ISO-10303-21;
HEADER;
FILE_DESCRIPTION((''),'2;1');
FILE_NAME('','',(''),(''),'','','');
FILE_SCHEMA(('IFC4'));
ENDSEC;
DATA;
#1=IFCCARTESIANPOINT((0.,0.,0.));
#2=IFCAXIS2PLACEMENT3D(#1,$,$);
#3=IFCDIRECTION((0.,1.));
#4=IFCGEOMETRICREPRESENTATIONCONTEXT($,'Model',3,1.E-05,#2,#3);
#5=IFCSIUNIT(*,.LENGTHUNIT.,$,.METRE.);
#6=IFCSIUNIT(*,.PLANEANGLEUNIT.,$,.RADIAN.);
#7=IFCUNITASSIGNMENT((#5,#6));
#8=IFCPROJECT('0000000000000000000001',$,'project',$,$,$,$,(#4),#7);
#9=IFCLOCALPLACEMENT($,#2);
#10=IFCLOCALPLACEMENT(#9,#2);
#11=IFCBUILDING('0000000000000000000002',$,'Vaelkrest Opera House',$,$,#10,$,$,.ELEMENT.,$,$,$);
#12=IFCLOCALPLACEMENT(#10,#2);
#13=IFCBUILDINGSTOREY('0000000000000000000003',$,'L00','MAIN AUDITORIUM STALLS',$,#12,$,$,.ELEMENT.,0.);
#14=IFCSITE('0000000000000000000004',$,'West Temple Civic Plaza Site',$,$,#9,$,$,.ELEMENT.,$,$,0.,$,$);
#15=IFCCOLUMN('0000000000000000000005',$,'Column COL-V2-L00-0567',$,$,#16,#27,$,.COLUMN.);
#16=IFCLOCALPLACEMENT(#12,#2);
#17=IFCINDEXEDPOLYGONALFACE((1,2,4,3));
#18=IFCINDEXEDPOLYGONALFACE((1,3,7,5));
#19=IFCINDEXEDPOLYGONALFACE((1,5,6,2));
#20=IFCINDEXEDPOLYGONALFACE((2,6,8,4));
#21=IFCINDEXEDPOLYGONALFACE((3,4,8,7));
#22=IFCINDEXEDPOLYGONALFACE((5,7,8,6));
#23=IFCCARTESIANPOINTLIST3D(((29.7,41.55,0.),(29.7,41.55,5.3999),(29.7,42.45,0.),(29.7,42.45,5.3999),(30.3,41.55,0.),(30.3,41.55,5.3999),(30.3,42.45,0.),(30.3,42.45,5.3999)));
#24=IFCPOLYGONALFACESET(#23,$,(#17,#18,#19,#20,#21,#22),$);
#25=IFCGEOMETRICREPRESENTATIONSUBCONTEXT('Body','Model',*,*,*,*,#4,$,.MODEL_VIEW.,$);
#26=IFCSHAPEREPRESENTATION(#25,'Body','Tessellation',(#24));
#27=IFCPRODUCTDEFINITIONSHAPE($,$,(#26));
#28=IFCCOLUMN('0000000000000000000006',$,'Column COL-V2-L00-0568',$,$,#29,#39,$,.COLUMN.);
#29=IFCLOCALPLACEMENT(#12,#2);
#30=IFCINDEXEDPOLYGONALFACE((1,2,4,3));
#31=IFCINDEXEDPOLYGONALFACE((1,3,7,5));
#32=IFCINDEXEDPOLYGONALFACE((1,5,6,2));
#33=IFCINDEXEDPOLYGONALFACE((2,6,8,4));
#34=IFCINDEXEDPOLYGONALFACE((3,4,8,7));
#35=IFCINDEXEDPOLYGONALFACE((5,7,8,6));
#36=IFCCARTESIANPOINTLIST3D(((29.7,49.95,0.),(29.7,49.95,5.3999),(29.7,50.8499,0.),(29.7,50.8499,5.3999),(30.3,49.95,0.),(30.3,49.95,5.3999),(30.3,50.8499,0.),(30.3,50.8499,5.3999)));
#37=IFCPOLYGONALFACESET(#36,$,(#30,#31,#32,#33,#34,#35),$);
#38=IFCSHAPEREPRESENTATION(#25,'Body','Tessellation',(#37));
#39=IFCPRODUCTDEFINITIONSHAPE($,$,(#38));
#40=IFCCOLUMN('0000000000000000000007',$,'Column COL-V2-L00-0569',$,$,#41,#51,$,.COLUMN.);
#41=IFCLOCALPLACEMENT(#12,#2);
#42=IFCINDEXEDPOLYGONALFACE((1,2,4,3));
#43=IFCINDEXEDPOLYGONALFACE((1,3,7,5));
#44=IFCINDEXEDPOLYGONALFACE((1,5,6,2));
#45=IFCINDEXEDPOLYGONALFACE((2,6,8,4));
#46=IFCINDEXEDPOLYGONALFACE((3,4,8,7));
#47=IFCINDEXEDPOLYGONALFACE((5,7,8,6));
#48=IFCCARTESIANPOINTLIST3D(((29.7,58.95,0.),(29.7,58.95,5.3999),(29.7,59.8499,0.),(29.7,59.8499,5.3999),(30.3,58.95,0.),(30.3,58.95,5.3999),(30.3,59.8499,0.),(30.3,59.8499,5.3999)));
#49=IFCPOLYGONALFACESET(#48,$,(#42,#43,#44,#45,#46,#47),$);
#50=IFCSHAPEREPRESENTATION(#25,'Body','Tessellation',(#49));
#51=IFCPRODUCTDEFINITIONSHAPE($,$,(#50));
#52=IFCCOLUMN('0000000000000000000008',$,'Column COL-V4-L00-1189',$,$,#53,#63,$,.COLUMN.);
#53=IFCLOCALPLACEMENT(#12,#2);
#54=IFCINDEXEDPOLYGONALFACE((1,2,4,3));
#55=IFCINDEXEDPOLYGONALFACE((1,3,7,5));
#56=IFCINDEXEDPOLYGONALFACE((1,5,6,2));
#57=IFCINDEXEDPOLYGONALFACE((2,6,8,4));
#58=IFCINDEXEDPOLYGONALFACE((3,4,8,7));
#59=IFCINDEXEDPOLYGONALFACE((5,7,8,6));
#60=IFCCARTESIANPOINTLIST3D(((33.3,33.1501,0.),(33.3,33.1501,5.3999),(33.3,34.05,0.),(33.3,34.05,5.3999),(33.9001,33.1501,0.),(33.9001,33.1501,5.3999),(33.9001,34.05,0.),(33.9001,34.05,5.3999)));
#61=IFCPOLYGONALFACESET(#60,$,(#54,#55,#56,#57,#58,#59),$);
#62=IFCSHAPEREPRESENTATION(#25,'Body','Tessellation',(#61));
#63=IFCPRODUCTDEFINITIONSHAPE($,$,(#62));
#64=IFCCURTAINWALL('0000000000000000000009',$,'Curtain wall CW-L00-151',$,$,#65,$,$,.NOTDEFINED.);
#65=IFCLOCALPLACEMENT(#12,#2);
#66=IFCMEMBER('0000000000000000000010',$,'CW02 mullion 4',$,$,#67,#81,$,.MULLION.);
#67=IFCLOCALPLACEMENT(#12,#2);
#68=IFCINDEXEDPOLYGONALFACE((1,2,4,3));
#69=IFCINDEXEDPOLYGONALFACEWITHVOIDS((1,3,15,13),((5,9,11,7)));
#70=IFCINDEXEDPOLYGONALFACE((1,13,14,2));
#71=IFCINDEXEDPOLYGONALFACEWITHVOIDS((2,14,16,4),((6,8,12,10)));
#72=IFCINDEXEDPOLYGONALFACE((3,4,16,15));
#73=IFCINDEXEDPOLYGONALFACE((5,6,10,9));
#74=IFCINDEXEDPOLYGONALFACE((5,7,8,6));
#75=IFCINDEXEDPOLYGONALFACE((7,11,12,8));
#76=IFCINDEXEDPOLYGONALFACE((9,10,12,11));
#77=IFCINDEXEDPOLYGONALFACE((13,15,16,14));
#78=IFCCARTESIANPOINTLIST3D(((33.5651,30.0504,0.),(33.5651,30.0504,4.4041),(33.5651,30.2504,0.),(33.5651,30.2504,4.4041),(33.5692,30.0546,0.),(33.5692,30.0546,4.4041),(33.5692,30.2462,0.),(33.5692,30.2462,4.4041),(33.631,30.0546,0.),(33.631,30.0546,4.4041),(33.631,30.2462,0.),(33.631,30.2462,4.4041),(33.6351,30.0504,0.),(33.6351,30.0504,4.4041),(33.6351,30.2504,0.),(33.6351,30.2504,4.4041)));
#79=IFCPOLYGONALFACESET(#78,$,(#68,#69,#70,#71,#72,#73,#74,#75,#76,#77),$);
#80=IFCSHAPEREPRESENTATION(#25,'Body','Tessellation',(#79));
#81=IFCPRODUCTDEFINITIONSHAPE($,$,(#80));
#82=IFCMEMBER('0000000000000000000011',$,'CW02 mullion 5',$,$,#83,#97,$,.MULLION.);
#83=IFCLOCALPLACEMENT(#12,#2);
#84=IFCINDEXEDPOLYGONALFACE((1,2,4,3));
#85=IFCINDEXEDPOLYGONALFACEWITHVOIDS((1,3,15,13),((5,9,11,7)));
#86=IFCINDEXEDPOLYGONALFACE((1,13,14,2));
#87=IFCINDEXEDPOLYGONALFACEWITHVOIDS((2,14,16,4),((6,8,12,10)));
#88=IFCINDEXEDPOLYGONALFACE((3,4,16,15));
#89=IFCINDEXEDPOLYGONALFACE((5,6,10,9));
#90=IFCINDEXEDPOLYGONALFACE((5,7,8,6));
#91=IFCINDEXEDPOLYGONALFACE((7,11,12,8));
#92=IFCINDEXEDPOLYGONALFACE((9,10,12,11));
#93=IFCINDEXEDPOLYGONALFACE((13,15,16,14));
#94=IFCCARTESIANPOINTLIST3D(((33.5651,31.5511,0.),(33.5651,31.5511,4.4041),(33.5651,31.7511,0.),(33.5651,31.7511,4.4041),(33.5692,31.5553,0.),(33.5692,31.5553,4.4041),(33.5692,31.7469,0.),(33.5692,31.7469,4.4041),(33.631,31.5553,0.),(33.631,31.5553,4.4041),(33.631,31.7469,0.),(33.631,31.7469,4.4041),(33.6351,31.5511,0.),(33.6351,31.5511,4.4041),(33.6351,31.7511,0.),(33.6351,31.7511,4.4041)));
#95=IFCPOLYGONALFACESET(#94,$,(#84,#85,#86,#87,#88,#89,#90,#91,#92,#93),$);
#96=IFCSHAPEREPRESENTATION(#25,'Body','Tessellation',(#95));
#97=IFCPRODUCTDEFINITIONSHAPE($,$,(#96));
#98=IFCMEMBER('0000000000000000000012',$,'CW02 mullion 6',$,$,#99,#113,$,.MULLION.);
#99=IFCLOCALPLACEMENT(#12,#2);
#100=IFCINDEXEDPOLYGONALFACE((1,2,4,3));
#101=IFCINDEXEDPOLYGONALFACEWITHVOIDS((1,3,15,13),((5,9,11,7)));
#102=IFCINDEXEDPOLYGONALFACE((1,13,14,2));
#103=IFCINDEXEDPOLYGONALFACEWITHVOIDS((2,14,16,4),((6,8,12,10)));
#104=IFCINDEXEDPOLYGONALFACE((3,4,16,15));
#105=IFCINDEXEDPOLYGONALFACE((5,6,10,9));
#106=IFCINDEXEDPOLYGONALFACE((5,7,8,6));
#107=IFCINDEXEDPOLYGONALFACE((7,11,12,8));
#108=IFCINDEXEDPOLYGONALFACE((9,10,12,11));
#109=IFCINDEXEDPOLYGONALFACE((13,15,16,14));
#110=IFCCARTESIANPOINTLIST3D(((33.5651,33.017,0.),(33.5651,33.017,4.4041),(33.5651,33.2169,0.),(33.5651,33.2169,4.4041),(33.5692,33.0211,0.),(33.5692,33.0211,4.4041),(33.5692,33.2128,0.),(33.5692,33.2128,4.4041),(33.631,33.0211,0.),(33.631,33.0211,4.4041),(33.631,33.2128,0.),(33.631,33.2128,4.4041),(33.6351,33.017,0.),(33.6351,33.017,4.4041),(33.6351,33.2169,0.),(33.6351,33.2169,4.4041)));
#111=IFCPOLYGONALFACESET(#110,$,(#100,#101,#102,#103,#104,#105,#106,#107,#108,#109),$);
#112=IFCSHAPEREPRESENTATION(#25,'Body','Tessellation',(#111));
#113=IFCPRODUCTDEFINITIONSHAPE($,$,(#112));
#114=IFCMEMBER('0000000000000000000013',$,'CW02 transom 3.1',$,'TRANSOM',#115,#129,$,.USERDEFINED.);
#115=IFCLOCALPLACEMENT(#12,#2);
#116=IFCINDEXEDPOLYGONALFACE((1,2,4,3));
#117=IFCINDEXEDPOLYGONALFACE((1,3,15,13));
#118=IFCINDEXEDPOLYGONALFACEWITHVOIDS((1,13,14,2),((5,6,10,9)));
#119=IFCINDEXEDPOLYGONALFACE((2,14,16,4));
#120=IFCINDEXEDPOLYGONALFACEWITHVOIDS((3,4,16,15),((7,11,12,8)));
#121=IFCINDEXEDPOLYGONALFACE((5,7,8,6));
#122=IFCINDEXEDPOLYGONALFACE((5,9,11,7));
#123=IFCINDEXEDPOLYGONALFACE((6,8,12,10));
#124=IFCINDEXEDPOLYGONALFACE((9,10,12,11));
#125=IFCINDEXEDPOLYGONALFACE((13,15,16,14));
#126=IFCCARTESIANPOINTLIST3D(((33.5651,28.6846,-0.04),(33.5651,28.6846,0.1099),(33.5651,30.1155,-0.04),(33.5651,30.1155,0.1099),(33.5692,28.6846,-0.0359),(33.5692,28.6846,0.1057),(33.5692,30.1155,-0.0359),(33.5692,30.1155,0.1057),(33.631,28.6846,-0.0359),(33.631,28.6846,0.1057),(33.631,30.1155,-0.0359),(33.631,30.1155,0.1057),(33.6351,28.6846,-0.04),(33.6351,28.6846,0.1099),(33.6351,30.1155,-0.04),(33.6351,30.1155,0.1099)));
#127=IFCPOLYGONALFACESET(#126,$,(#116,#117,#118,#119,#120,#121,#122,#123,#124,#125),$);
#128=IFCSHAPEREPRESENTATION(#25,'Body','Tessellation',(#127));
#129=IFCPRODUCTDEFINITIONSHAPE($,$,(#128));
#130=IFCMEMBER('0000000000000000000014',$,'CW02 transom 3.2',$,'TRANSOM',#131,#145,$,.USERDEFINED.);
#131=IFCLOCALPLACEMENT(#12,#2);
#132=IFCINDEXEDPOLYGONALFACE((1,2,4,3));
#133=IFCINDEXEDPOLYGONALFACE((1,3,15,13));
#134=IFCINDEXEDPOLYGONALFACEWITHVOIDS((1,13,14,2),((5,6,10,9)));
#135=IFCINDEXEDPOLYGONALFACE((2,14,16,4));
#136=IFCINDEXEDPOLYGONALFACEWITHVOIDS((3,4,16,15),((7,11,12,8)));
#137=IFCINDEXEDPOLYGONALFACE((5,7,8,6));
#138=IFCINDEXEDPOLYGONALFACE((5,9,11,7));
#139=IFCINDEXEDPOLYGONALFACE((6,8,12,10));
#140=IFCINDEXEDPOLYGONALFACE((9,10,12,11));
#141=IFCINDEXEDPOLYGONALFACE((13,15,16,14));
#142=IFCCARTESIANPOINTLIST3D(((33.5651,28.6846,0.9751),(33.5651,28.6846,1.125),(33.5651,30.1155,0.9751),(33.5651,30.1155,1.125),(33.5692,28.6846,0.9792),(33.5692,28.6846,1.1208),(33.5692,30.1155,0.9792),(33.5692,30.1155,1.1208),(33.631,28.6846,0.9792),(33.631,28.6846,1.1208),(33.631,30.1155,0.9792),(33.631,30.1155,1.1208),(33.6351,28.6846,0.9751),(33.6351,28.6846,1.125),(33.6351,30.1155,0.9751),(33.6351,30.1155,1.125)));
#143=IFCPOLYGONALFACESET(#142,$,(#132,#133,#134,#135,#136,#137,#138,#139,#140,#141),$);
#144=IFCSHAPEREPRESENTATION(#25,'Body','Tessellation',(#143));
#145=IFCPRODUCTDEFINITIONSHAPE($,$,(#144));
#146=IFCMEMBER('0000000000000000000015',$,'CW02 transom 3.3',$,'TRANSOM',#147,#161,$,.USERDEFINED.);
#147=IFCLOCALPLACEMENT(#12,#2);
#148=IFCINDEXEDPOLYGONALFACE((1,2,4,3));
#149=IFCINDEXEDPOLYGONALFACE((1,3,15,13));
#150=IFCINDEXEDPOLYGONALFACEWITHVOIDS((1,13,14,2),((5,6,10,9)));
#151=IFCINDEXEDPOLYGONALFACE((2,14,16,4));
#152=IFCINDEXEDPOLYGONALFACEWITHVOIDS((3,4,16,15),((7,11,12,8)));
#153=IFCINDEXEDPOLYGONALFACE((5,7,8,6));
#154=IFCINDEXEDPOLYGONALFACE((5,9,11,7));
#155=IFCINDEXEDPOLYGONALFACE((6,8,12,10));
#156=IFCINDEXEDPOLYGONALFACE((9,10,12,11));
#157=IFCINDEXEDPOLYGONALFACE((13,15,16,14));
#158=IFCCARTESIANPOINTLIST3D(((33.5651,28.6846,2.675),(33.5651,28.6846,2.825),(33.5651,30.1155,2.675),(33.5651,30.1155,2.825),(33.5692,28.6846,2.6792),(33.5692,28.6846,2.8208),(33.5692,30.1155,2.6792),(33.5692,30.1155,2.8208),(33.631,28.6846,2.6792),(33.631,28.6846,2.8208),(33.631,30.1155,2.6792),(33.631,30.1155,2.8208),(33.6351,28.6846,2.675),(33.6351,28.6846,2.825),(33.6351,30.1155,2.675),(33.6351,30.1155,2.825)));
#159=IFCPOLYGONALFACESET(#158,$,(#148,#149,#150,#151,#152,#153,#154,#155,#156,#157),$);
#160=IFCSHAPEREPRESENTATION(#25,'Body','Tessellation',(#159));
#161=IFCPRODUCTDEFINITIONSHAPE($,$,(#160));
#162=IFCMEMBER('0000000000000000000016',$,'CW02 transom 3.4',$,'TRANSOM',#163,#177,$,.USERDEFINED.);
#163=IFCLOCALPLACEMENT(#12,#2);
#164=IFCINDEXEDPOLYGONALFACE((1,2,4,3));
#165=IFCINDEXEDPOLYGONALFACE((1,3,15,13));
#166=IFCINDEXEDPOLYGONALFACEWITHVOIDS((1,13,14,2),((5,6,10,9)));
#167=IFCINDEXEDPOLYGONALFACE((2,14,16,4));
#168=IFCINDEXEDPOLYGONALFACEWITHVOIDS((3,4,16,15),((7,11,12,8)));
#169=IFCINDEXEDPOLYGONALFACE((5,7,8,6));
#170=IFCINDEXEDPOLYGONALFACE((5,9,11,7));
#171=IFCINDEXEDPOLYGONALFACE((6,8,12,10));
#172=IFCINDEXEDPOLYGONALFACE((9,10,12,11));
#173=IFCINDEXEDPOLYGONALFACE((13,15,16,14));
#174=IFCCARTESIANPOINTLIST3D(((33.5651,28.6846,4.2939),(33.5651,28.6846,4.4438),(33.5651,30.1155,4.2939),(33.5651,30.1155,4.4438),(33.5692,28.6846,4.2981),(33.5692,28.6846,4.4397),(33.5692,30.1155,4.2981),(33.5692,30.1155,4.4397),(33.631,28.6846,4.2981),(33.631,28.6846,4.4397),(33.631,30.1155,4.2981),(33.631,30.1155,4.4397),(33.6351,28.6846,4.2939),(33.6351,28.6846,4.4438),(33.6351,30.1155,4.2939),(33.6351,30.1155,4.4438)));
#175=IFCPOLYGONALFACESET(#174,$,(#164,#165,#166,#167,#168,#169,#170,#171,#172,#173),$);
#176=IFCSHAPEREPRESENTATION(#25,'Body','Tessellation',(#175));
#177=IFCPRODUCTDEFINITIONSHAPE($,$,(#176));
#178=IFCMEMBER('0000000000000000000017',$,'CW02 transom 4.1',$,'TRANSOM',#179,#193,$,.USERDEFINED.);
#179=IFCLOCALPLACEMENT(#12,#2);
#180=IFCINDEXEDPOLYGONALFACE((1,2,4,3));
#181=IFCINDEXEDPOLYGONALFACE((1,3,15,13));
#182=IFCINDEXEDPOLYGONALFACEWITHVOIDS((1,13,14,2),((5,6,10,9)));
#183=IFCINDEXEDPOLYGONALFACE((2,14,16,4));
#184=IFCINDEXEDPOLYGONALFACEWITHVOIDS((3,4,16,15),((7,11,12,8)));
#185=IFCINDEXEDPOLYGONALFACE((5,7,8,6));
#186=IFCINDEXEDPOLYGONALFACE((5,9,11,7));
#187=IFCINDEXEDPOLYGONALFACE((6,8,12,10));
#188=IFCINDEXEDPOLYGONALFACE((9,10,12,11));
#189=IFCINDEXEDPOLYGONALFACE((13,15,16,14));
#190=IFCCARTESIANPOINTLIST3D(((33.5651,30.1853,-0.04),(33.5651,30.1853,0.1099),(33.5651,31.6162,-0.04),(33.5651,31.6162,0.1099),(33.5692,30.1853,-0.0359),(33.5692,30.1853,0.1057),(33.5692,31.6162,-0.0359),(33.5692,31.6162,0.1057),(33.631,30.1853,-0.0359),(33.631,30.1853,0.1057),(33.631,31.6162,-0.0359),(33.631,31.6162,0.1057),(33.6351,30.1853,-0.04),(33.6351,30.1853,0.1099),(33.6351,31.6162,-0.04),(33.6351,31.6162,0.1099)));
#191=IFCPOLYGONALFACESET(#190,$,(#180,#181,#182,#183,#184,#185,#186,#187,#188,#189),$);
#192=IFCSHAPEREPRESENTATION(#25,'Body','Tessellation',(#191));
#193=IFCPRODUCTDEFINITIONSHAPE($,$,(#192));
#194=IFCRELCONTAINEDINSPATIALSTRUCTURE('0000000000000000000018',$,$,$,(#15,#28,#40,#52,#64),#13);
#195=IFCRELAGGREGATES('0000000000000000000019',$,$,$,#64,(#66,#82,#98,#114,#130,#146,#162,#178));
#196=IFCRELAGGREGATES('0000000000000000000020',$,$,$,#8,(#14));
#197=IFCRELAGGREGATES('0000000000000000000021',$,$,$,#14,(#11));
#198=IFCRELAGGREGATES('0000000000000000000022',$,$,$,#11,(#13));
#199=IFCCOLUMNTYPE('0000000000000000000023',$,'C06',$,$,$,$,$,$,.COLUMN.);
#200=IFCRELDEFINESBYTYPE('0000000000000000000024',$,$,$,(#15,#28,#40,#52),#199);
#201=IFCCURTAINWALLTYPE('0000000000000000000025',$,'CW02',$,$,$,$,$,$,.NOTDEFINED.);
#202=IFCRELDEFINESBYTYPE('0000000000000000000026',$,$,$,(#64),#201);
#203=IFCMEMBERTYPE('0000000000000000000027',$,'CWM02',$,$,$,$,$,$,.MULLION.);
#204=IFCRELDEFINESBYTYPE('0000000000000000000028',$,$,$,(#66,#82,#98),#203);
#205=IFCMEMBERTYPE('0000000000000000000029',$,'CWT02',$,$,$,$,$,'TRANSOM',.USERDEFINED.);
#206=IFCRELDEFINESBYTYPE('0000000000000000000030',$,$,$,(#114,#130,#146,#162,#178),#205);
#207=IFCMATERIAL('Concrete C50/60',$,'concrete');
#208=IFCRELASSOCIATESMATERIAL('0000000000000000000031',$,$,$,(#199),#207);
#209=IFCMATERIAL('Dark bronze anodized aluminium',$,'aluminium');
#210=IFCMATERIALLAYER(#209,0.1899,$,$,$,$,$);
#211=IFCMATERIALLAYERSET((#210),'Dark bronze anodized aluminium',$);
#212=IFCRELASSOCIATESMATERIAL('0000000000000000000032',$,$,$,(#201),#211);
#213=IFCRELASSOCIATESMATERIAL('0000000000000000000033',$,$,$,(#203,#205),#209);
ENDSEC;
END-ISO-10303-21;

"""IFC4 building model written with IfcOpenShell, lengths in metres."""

from ifc_helpers import new_model, si_unit, direction, frame, origin, origin_2d, place, context, subcontext, project, spatial, rectangle, hollow_rectangle, extrude, material, layer, layer_set, material_profile, profile_set, type_object, element, aggregate, save


model = new_model("IFC4")

# Units and contexts
model_context = context("Model", 3, precision=1e-05, world=origin(), true_north=direction((0.0, 1.0)))
body_context = subcontext(model_context, "Body", "Model", "MODEL_VIEW")
ifc_project = project(units=[si_unit("LENGTHUNIT", "METRE"), si_unit("PLANEANGLEUNIT", "RADIAN")], contexts=[model_context])

# Site, building, storey
site_placement = place(None, origin())
site = spatial("IfcSite", under=ifc_project, at=site_placement, Name="West Temple Civic Plaza Site", CompositionType="ELEMENT", RefElevation=0.0)
building_placement = place(site_placement, origin())
building = spatial("IfcBuilding", under=site, at=building_placement, Name="Vaelkrest Opera House", CompositionType="ELEMENT")
storey_placement = place(building_placement, origin())
storey = spatial("IfcBuildingStorey", under=building, at=storey_placement, Name="L00", Description="MAIN AUDITORIUM STALLS", CompositionType="ELEMENT", Elevation=0.0)

# Columns
ifc_material_1 = material(Name="Concrete C50/60", Category="concrete")
ifc_material_profile_1 = material_profile(ifc_material_1, rectangle(XDim=0.6001, YDim=0.8999, at=origin_2d()), Name="RC600X900")
ifc_profile_set_1 = profile_set([ifc_material_profile_1], Name="Concrete C50/60")
column_type = type_object("IfcColumnType", Name="C06", PredefinedType="COLUMN", material=ifc_profile_set_1)
for number, where, z_axis, x_axis, name in (
    (1, (30.0, 42.0, 0.0), (0.0, 0.0, 1.0), (1.0, 0.0, 0.0), "Column COL-V2-L00-0567"),
    (2, (30.0, 50.3999, 0.0), (0.0, 0.0, 1.0), (1.0, 0.0, 0.0), "Column COL-V2-L00-0568"),
    (3, (30.0, 59.3999, 0.0), (0.0, 0.0, 1.0), (1.0, 0.0, 0.0), "Column COL-V2-L00-0569"),
    (4, (33.6001, 33.6001, 0.0), (0.0, 0.0, 1.0), (1.0, 0.0, 0.0), "Column COL-V4-L00-1189"),
):
    element("IfcColumn", number, at=place(storey_placement, frame(where, z_axis=z_axis, x_axis=x_axis)), inside=storey, type_object=column_type, Name=name, PredefinedType="COLUMN", context=body_context, shape_type="SweptSolid", body=[
        extrude(rectangle(XDim=0.6001, YDim=0.8999, at=origin_2d()), origin(), (0.0, 0.0, 1.0), 5.3999),
    ])

# Curtain wall, members
ifc_material_2 = material(Name="Dark bronze anodized aluminium", Category="aluminium")
ifc_layer_1 = layer(ifc_material_2, 0.1899)
ifc_layer_set_1 = layer_set([ifc_layer_1], Name="Dark bronze anodized aluminium")
curtain_wall_type = type_object("IfcCurtainWallType", Name="CW02", PredefinedType="NOTDEFINED", material=ifc_layer_set_1)
curtain_wall_placement = place(storey_placement, origin())
curtain_wall = element("IfcCurtainWall", 5, at=curtain_wall_placement, inside=storey, type_object=curtain_wall_type, Name="Curtain wall CW-L00-151", PredefinedType="NOTDEFINED")
ifc_material_profile_2 = material_profile(ifc_material_2, hollow_rectangle(XDim=0.0701, YDim=0.2, WallThickness=0.0042, at=origin_2d()), Name="CWM70X200")
ifc_profile_set_2 = profile_set([ifc_material_profile_2], Name="Dark bronze anodized aluminium")
member_type_1 = type_object("IfcMemberType", Name="CWM02", PredefinedType="MULLION", material=ifc_profile_set_2)
member_1_placement = place(storey_placement, frame((33.6001, 30.1504, 0.0), z_axis=(0.0, 0.0, 1.0), x_axis=(-1.0, 0.0, 0.0)))
member_1 = element("IfcMember", 6, at=member_1_placement, type_object=member_type_1, Name="CW02 mullion 4", PredefinedType="MULLION", context=body_context, shape_type="SweptSolid", body=[
    extrude(hollow_rectangle(XDim=0.0701, YDim=0.2, WallThickness=0.0042, at=origin_2d()), origin(), (0.0, 0.0, 1.0), 4.4041),
])
member_2_placement = place(storey_placement, frame((33.6001, 31.6511, 0.0), z_axis=(0.0, 0.0, 1.0), x_axis=(-1.0, 0.0, 0.0)))
member_2 = element("IfcMember", 7, at=member_2_placement, type_object=member_type_1, Name="CW02 mullion 5", PredefinedType="MULLION", context=body_context, shape_type="SweptSolid", body=[
    extrude(hollow_rectangle(XDim=0.0701, YDim=0.2, WallThickness=0.0042, at=origin_2d()), origin(), (0.0, 0.0, 1.0), 4.4041),
])
member_3_placement = place(storey_placement, frame((33.6001, 33.1169, 0.0), z_axis=(0.0, 0.0, 1.0), x_axis=(-1.0, 0.0, 0.0)))
member_3 = element("IfcMember", 8, at=member_3_placement, type_object=member_type_1, Name="CW02 mullion 6", PredefinedType="MULLION", context=body_context, shape_type="SweptSolid", body=[
    extrude(hollow_rectangle(XDim=0.0701, YDim=0.2, WallThickness=0.0042, at=origin_2d()), origin(), (0.0, 0.0, 1.0), 4.4041),
])
ifc_material_profile_3 = material_profile(ifc_material_2, hollow_rectangle(XDim=0.0701, YDim=0.1499, WallThickness=0.0042, at=origin_2d()), Name="CWT70X150")
ifc_profile_set_3 = profile_set([ifc_material_profile_3], Name="Dark bronze anodized aluminium")
member_type_2 = type_object("IfcMemberType", Name="CWT02", ElementType="TRANSOM", PredefinedType="USERDEFINED", material=ifc_profile_set_3)
member_4_placement = place(storey_placement, frame((33.6001, 28.6846, 0.0349), z_axis=(0.0, 1.0, 0.0), x_axis=(-1.0, 0.0, 0.0)))
member_4 = element("IfcMember", 9, at=member_4_placement, type_object=member_type_2, Name="CW02 transom 3.1", ObjectType="TRANSOM", PredefinedType="USERDEFINED", context=body_context, shape_type="SweptSolid", body=[
    extrude(hollow_rectangle(XDim=0.0701, YDim=0.1499, WallThickness=0.0042, at=origin_2d()), origin(), (0.0, 0.0, 1.0), 1.4309),
])
member_5_placement = place(storey_placement, frame((33.6001, 28.6846, 1.05), z_axis=(0.0, 1.0, 0.0), x_axis=(-1.0, 0.0, 0.0)))
member_5 = element("IfcMember", 10, at=member_5_placement, type_object=member_type_2, Name="CW02 transom 3.2", ObjectType="TRANSOM", PredefinedType="USERDEFINED", context=body_context, shape_type="SweptSolid", body=[
    extrude(hollow_rectangle(XDim=0.0701, YDim=0.1499, WallThickness=0.0042, at=origin_2d()), origin(), (0.0, 0.0, 1.0), 1.4309),
])
member_6_placement = place(storey_placement, frame((33.6001, 28.6846, 2.75), z_axis=(0.0, 1.0, 0.0), x_axis=(-1.0, 0.0, 0.0)))
member_6 = element("IfcMember", 11, at=member_6_placement, type_object=member_type_2, Name="CW02 transom 3.3", ObjectType="TRANSOM", PredefinedType="USERDEFINED", context=body_context, shape_type="SweptSolid", body=[
    extrude(hollow_rectangle(XDim=0.0701, YDim=0.1499, WallThickness=0.0042, at=origin_2d()), origin(), (0.0, 0.0, 1.0), 1.4309),
])
member_7_placement = place(storey_placement, frame((33.6001, 28.6846, 4.3689), z_axis=(0.0, 1.0, 0.0), x_axis=(-1.0, 0.0, 0.0)))
member_7 = element("IfcMember", 12, at=member_7_placement, type_object=member_type_2, Name="CW02 transom 3.4", ObjectType="TRANSOM", PredefinedType="USERDEFINED", context=body_context, shape_type="SweptSolid", body=[
    extrude(hollow_rectangle(XDim=0.0701, YDim=0.1499, WallThickness=0.0042, at=origin_2d()), origin(), (0.0, 0.0, 1.0), 1.4309),
])
member_8_placement = place(storey_placement, frame((33.6001, 30.1853, 0.0349), z_axis=(0.0, 1.0, 0.0), x_axis=(-1.0, 0.0, 0.0)))
member_8 = element("IfcMember", 13, at=member_8_placement, type_object=member_type_2, Name="CW02 transom 4.1", ObjectType="TRANSOM", PredefinedType="USERDEFINED", context=body_context, shape_type="SweptSolid", body=[
    extrude(hollow_rectangle(XDim=0.0701, YDim=0.1499, WallThickness=0.0042, at=origin_2d()), origin(), (0.0, 0.0, 1.0), 1.4309),
])

aggregate(curtain_wall, [member_1, member_2, member_3, member_4, member_5, member_6, member_7, member_8])

save(model, "model.ifc")
